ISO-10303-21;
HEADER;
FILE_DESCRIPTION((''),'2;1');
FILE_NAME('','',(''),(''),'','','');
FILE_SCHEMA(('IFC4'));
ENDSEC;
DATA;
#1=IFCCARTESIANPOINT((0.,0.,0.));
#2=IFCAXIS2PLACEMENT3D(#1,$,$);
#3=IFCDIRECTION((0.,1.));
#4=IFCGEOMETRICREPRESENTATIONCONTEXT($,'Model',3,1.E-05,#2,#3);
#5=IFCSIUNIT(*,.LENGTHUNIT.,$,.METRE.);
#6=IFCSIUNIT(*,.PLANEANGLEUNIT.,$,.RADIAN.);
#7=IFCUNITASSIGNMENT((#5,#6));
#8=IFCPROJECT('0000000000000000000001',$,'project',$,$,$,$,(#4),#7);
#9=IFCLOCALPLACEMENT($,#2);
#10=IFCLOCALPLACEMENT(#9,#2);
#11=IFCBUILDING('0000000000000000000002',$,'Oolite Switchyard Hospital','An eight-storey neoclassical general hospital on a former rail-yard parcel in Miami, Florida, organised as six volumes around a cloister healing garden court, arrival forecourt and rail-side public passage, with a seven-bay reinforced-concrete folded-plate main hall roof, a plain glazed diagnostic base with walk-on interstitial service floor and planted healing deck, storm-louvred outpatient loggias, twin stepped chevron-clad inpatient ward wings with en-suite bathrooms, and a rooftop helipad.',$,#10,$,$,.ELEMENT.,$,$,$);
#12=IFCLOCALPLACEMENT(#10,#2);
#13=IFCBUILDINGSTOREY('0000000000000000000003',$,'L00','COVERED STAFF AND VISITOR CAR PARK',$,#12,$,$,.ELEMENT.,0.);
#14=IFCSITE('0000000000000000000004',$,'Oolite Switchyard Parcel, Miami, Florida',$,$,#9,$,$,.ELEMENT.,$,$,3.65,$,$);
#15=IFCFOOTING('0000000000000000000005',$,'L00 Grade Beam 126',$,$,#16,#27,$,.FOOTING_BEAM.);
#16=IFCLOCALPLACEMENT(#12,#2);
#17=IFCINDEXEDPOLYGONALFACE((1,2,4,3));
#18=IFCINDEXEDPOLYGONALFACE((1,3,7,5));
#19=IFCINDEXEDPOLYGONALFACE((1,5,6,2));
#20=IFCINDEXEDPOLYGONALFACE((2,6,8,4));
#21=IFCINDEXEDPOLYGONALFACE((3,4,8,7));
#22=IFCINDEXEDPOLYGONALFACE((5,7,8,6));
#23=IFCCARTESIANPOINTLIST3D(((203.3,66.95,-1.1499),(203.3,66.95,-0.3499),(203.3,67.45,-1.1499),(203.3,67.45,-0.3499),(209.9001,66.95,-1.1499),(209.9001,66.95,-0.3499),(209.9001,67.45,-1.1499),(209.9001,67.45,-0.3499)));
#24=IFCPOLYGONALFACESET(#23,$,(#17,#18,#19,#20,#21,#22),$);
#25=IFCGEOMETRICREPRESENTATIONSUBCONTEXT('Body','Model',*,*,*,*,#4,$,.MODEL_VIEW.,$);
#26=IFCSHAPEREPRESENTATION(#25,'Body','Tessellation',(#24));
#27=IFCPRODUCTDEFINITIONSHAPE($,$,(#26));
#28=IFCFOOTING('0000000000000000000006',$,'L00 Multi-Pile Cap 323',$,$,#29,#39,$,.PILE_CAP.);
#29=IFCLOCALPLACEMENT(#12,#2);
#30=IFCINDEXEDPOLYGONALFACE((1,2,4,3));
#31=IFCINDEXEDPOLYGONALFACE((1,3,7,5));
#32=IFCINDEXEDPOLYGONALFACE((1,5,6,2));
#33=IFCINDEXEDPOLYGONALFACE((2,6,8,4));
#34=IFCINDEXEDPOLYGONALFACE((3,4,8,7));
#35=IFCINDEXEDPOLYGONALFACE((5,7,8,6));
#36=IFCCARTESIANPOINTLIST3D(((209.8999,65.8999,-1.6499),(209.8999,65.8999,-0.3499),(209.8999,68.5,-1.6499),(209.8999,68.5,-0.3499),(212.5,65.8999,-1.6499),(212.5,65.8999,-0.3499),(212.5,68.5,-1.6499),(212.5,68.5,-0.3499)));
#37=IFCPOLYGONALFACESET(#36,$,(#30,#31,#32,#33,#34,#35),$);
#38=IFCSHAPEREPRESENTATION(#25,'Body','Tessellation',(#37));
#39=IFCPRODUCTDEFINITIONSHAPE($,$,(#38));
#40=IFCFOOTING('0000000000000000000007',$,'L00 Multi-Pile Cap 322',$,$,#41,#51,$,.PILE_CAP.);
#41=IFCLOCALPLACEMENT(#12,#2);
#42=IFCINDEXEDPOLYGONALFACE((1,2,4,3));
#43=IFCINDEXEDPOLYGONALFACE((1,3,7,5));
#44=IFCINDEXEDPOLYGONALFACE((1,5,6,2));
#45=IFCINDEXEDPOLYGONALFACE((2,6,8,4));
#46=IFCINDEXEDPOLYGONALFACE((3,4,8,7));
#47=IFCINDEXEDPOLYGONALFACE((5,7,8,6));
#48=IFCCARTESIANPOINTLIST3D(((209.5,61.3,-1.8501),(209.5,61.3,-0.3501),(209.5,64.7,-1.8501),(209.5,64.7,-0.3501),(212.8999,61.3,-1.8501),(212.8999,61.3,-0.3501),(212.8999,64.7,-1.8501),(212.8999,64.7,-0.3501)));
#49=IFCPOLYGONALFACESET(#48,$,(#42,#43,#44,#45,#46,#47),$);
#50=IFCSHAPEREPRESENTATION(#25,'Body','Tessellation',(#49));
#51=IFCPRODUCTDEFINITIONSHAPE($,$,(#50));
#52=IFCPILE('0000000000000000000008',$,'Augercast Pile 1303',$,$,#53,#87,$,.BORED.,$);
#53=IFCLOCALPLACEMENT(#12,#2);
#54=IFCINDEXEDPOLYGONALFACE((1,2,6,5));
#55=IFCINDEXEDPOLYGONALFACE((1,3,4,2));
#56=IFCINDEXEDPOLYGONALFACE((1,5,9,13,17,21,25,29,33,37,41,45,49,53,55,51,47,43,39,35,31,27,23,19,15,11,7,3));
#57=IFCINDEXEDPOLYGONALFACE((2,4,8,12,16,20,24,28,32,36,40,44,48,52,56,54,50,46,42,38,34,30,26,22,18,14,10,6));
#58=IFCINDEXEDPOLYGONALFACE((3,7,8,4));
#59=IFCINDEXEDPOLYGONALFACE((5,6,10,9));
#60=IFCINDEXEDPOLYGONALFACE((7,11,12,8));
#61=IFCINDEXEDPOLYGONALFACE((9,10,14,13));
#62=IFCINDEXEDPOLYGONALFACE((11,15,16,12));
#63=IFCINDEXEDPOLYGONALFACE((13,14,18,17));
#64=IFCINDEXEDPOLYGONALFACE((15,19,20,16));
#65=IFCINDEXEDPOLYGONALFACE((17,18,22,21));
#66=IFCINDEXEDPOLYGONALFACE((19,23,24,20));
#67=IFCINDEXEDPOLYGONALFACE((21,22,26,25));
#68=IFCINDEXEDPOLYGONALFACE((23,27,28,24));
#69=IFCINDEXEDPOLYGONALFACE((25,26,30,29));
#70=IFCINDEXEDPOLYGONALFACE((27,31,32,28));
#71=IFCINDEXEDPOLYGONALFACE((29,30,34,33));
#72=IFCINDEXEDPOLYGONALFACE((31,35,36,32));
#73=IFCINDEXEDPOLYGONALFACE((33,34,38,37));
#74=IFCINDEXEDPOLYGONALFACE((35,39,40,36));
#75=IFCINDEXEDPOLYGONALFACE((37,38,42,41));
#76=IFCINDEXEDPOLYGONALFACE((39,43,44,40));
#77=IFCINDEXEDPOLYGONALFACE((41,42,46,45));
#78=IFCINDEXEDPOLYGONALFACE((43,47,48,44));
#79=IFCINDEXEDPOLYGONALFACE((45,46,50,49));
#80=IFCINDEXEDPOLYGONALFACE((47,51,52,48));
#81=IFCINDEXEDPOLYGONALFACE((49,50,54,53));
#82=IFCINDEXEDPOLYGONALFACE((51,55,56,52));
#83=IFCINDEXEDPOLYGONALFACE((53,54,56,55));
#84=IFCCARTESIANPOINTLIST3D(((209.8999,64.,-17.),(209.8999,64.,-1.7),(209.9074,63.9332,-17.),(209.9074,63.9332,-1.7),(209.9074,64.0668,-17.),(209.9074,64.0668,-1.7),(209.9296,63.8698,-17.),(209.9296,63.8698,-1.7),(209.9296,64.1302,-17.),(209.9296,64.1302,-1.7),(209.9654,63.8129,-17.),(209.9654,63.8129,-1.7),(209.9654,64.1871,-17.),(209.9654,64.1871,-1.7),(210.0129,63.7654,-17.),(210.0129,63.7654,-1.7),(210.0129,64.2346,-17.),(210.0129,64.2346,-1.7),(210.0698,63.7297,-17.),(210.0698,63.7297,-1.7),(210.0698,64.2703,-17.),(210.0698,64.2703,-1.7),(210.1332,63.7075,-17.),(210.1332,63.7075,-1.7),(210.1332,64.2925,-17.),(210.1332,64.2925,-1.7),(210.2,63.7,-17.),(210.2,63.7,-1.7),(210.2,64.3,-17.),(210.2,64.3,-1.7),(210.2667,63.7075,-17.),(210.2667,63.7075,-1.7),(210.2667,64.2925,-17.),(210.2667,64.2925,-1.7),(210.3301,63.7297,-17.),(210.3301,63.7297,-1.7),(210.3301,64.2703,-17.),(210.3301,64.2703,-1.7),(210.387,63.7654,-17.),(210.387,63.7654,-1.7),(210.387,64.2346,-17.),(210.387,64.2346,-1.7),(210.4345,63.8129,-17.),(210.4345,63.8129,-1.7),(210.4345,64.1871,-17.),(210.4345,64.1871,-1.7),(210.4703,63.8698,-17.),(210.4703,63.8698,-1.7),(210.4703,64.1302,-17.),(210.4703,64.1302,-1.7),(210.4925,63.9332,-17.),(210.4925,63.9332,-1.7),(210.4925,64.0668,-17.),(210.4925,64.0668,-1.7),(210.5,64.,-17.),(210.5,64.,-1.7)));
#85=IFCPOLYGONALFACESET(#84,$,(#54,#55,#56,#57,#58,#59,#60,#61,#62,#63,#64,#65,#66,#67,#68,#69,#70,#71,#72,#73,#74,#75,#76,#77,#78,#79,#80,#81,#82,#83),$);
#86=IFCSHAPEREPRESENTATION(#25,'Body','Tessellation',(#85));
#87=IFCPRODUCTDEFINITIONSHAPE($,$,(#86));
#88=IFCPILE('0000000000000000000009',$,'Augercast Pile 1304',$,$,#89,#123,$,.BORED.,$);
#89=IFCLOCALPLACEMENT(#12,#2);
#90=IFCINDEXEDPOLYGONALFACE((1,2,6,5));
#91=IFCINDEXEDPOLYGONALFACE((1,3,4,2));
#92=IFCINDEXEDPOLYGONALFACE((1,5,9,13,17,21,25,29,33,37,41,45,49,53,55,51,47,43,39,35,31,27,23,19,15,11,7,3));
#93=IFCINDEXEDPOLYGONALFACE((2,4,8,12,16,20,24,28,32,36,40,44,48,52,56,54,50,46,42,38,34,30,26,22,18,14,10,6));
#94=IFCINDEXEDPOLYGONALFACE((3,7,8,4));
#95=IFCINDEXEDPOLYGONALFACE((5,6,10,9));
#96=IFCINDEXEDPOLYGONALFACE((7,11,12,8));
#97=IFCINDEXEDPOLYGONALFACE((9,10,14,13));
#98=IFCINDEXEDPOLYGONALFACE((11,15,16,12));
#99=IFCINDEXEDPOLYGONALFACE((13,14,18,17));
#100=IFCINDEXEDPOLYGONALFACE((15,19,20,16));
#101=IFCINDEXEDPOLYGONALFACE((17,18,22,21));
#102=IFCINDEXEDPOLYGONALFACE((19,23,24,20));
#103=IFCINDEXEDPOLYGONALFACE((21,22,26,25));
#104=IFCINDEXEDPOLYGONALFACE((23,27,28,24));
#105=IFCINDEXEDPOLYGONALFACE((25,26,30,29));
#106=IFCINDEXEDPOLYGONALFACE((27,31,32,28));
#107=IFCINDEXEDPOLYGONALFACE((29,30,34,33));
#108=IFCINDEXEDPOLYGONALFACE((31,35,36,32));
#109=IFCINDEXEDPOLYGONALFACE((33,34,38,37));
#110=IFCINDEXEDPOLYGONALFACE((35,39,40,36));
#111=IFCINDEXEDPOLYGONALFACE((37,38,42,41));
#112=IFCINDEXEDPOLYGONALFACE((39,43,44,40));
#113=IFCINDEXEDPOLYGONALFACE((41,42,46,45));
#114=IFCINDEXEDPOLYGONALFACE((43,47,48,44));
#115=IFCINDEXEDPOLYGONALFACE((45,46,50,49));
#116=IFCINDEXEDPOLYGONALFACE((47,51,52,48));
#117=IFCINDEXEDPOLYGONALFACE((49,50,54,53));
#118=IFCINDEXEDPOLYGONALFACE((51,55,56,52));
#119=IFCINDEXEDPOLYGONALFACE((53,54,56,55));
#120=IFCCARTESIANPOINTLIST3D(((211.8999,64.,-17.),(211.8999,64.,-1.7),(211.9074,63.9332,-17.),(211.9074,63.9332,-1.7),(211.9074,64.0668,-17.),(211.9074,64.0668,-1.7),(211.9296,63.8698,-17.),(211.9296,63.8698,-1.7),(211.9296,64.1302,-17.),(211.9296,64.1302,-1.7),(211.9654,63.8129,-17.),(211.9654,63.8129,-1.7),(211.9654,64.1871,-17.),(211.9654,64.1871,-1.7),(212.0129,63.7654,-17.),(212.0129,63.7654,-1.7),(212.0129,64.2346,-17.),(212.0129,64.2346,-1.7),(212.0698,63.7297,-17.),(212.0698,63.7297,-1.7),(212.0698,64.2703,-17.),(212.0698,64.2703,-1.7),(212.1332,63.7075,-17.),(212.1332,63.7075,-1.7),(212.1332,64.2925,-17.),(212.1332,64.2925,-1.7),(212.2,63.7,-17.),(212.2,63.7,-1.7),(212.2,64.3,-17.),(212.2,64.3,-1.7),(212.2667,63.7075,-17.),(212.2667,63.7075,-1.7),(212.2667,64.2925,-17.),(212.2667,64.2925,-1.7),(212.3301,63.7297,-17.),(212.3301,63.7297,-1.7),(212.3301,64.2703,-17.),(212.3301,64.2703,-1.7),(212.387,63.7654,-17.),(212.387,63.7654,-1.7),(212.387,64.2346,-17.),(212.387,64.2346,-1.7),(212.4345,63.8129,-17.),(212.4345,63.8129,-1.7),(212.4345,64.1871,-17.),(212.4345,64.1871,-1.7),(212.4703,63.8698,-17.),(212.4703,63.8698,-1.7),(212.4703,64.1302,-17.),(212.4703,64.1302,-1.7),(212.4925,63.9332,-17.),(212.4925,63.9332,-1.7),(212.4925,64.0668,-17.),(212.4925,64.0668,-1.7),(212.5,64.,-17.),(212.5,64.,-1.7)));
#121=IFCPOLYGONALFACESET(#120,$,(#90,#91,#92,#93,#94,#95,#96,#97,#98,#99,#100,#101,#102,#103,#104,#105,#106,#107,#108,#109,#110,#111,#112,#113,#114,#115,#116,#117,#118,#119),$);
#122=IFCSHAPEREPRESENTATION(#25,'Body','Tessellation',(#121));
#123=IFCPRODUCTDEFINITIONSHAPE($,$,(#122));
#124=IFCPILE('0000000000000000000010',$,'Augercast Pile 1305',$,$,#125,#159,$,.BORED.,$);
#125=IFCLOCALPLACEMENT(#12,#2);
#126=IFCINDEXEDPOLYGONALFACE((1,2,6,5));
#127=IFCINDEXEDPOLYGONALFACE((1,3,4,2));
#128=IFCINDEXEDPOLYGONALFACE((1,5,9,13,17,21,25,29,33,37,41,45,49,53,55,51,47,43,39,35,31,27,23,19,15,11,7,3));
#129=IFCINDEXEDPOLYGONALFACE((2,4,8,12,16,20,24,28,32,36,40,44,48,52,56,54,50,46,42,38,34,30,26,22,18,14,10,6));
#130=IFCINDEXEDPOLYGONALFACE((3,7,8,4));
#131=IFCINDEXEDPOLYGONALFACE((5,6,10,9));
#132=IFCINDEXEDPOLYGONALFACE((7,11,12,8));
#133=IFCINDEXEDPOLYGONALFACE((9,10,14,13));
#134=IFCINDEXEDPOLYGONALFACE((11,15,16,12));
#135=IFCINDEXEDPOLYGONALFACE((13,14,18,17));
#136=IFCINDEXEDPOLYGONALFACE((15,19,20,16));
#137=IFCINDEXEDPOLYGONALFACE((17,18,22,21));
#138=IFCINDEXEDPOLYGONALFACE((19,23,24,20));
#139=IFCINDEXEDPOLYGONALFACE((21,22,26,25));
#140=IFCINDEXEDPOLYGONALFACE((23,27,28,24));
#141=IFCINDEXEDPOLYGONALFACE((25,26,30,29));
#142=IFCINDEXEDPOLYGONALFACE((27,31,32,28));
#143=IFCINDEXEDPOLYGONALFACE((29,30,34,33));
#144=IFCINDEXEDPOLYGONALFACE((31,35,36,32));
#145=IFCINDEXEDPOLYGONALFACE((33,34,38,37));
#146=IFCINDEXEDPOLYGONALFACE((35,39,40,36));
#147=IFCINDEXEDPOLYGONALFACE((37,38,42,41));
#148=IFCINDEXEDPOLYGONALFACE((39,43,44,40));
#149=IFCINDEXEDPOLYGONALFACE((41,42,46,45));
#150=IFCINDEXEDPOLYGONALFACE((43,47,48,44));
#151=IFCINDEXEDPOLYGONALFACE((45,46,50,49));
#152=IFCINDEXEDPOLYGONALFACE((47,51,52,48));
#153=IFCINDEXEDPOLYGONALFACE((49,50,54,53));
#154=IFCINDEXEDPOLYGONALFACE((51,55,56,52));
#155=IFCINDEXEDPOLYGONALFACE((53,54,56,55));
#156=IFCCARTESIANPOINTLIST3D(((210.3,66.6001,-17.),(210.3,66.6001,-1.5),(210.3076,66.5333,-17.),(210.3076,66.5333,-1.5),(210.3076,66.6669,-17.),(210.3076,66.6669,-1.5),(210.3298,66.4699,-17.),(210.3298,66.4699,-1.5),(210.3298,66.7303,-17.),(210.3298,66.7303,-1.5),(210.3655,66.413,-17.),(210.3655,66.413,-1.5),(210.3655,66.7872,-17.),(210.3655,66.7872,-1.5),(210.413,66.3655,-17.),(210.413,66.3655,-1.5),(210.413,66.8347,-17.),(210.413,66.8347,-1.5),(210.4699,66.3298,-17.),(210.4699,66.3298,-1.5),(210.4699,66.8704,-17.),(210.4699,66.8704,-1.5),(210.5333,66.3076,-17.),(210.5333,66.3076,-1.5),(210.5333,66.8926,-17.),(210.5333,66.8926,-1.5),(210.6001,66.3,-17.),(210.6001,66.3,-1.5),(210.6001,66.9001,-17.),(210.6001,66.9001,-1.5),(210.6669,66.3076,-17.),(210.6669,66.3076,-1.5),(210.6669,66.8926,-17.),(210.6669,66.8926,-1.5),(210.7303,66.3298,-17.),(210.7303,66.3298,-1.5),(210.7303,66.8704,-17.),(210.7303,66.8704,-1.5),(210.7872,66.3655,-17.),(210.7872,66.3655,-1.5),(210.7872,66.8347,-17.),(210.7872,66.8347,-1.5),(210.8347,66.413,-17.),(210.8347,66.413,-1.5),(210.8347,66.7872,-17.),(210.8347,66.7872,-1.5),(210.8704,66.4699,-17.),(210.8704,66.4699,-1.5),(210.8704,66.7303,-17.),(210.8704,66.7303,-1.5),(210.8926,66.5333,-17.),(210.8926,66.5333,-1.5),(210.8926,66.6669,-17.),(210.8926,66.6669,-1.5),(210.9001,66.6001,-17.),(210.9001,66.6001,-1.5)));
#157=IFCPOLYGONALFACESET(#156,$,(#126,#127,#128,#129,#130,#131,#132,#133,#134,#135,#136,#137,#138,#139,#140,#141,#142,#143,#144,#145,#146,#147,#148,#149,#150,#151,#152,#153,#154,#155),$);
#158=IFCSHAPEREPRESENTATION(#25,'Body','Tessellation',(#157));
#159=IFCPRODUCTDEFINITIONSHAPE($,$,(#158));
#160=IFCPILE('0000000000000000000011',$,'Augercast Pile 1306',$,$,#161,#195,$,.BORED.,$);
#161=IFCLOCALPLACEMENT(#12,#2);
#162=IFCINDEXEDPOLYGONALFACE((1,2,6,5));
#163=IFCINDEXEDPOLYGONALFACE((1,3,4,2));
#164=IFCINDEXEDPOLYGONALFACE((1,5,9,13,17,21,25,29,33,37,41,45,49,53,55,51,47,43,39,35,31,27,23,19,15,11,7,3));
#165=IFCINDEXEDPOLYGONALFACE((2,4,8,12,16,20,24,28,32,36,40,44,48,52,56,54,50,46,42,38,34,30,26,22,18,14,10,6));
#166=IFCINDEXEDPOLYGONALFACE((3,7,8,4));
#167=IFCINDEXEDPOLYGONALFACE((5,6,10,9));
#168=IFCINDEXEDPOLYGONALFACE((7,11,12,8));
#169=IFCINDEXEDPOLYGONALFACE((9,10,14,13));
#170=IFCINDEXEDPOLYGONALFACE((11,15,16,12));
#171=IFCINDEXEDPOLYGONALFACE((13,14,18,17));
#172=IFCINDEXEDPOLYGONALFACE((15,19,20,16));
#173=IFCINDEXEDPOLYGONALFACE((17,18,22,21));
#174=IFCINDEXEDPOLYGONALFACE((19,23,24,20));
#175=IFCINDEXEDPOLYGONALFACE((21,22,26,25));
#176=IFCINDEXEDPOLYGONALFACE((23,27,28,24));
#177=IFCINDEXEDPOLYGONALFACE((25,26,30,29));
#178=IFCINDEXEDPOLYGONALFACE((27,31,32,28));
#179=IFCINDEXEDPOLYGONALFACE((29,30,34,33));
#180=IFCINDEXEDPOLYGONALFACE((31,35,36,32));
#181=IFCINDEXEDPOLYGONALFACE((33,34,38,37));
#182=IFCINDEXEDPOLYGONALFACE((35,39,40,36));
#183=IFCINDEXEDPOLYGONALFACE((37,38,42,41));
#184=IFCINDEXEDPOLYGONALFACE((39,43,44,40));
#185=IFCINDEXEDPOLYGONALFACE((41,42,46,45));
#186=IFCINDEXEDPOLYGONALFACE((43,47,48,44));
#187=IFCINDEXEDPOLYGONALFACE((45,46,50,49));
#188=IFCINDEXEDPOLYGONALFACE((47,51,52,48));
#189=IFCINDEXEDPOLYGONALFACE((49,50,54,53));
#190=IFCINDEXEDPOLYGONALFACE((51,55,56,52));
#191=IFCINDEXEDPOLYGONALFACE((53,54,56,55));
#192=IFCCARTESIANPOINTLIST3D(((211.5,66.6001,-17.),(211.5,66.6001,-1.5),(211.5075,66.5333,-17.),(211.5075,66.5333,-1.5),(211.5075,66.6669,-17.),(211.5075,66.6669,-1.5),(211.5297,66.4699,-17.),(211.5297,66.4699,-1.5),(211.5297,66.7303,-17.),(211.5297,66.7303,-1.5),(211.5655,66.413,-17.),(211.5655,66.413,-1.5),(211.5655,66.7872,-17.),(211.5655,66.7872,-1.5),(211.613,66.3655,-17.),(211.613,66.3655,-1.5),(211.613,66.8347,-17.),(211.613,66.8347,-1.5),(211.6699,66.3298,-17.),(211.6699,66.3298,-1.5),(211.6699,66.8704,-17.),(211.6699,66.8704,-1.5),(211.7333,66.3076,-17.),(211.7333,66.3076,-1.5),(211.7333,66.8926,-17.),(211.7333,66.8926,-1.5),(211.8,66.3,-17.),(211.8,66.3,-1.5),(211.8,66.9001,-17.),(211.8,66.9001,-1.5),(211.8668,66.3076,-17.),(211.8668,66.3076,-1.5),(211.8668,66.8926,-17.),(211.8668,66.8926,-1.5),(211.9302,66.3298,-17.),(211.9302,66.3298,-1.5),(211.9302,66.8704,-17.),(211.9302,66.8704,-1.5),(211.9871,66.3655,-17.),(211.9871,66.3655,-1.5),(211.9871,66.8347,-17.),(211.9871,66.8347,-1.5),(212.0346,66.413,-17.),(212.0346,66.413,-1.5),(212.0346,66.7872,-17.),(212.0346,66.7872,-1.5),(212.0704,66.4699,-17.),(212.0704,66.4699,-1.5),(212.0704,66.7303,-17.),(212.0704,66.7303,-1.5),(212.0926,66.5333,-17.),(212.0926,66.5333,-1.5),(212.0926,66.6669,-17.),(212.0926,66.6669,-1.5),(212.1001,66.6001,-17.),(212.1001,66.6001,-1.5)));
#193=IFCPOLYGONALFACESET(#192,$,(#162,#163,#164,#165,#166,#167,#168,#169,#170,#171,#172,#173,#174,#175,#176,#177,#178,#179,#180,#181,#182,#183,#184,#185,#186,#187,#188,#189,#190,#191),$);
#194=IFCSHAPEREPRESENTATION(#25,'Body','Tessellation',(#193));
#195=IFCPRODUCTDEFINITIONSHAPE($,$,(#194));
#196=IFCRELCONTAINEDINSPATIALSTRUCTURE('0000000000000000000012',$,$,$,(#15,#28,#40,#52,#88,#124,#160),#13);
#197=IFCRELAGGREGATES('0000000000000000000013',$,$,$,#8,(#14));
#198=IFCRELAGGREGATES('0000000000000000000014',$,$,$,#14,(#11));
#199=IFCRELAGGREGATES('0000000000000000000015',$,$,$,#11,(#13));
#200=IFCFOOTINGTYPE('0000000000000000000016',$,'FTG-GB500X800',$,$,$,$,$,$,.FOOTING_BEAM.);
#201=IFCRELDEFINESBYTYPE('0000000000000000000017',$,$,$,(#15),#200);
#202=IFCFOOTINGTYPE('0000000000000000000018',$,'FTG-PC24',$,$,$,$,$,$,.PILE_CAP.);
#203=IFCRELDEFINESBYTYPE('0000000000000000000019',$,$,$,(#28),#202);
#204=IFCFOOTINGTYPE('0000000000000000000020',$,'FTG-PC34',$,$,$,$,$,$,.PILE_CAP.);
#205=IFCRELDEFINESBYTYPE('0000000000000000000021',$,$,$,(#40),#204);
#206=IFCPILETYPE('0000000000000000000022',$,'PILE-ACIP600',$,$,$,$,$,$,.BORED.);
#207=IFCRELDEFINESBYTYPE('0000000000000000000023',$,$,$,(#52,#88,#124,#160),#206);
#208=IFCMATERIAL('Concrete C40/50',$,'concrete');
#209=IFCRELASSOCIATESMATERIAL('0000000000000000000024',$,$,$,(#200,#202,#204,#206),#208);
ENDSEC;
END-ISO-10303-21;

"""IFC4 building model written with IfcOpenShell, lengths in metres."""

from ifc_helpers import new_model, si_unit, direction, frame, origin, origin_2d, place, context, subcontext, project, spatial, rectangle, circle, extrude, material, material_profile, profile_set, type_object, element, save


model = new_model("IFC4")

# Units and contexts
model_context = context("Model", 3, precision=1e-05, world=origin(), true_north=direction((0.0, 1.0)))
body_context = subcontext(model_context, "Body", "Model", "MODEL_VIEW")
ifc_project = project(units=[si_unit("LENGTHUNIT", "METRE"), si_unit("PLANEANGLEUNIT", "RADIAN")], contexts=[model_context])

# Site, building, storey
site_placement = place(None, origin())
site = spatial("IfcSite", under=ifc_project, at=site_placement, Name="Oolite Switchyard Parcel, Miami, Florida", CompositionType="ELEMENT", RefElevation=3.65)
building_placement = place(site_placement, origin())
building = spatial("IfcBuilding", under=site, at=building_placement, Name="Oolite Switchyard Hospital", Description="An eight-storey neoclassical general hospital on a former rail-yard parcel in Miami, Florida, organised as six volumes around a cloister healing garden court, arrival forecourt and rail-side public passage, with a seven-bay reinforced-concrete folded-plate main hall roof, a plain glazed diagnostic base with walk-on interstitial service floor and planted healing deck, storm-louvred outpatient loggias, twin stepped chevron-clad inpatient ward wings with en-suite bathrooms, and a rooftop helipad.", CompositionType="ELEMENT")
storey_placement = place(building_placement, origin())
storey = spatial("IfcBuildingStorey", under=building, at=storey_placement, Name="L00", Description="COVERED STAFF AND VISITOR CAR PARK", CompositionType="ELEMENT", Elevation=0.0)

# Footings
ifc_material_1 = material(Name="Concrete C40/50", Category="concrete")
footing_type_1 = type_object("IfcFootingType", Name="FTG-GB500X800", PredefinedType="FOOTING_BEAM", material=ifc_material_1)
footing_1_placement = place(storey_placement, frame((206.6001, 67.2, -1.1499), z_axis=(0.0, 0.0, 1.0), x_axis=(1.0, 0.0, 0.0)))
element("IfcFooting", 1, at=footing_1_placement, inside=storey, type_object=footing_type_1, Name="L00 Grade Beam 126", PredefinedType="FOOTING_BEAM", context=body_context, shape_type="SweptSolid", body=[
    extrude(rectangle(XDim=6.6001, YDim=0.5, at=origin_2d()), origin(), (0.0, 0.0, 1.0), 0.8),
])
footing_type_2 = type_object("IfcFootingType", Name="FTG-PC24", PredefinedType="PILE_CAP", material=ifc_material_1)
footing_2_placement = place(storey_placement, frame((211.2, 67.2, -1.6499), z_axis=(0.0, 0.0, 1.0), x_axis=(1.0, 0.0, 0.0)))
element("IfcFooting", 2, at=footing_2_placement, inside=storey, type_object=footing_type_2, Name="L00 Multi-Pile Cap 323", PredefinedType="PILE_CAP", context=body_context, shape_type="SweptSolid", body=[
    extrude(rectangle(XDim=2.6001, YDim=2.6001, at=origin_2d()), origin(), (0.0, 0.0, 1.0), 1.3),
])
footing_type_3 = type_object("IfcFootingType", Name="FTG-PC34", PredefinedType="PILE_CAP", material=ifc_material_1)
footing_3_placement = place(storey_placement, frame((211.2, 63.0, -1.8501), z_axis=(0.0, 0.0, 1.0), x_axis=(1.0, 0.0, 0.0)))
element("IfcFooting", 3, at=footing_3_placement, inside=storey, type_object=footing_type_3, Name="L00 Multi-Pile Cap 322", PredefinedType="PILE_CAP", context=body_context, shape_type="SweptSolid", body=[
    extrude(rectangle(XDim=3.3999, YDim=3.3999, at=origin_2d()), origin(), (0.0, 0.0, 1.0), 1.5),
])

# Piles
ifc_material_profile_1 = material_profile(ifc_material_1, circle(Radius=0.3, at=origin_2d()), Name="PILE600")
ifc_profile_set_1 = profile_set([ifc_material_profile_1], Name="Concrete C40/50")
pile_type = type_object("IfcPileType", Name="PILE-ACIP600", PredefinedType="BORED", material=ifc_profile_set_1)
for number, where, z_axis, x_axis, name in (
    (4, (210.2, 64.0, -1.7), (0.0, 0.0, -1.0), (1.0, 0.0, 0.0), "Augercast Pile 1303"),
    (5, (212.2, 64.0, -1.7), (0.0, 0.0, -1.0), (1.0, 0.0, 0.0), "Augercast Pile 1304"),
):
    element("IfcPile", number, at=place(storey_placement, frame(where, z_axis=z_axis, x_axis=x_axis)), inside=storey, type_object=pile_type, Name=name, PredefinedType="BORED", context=body_context, shape_type="SweptSolid", body=[
        extrude(circle(Radius=0.3, at=origin_2d()), origin(), (0.0, 0.0, 1.0), 15.3),
    ])
for number, where, z_axis, x_axis, name in (
    (6, (210.6001, 66.6001, -1.5), (0.0, 0.0, -1.0), (1.0, 0.0, 0.0), "Augercast Pile 1305"),
    (7, (211.8, 66.6001, -1.5), (0.0, 0.0, -1.0), (1.0, 0.0, 0.0), "Augercast Pile 1306"),
):
    element("IfcPile", number, at=place(storey_placement, frame(where, z_axis=z_axis, x_axis=x_axis)), inside=storey, type_object=pile_type, Name=name, PredefinedType="BORED", context=body_context, shape_type="SweptSolid", body=[
        extrude(circle(Radius=0.3, at=origin_2d()), origin(), (0.0, 0.0, 1.0), 15.5),
    ])

save(model, "model.ifc")
